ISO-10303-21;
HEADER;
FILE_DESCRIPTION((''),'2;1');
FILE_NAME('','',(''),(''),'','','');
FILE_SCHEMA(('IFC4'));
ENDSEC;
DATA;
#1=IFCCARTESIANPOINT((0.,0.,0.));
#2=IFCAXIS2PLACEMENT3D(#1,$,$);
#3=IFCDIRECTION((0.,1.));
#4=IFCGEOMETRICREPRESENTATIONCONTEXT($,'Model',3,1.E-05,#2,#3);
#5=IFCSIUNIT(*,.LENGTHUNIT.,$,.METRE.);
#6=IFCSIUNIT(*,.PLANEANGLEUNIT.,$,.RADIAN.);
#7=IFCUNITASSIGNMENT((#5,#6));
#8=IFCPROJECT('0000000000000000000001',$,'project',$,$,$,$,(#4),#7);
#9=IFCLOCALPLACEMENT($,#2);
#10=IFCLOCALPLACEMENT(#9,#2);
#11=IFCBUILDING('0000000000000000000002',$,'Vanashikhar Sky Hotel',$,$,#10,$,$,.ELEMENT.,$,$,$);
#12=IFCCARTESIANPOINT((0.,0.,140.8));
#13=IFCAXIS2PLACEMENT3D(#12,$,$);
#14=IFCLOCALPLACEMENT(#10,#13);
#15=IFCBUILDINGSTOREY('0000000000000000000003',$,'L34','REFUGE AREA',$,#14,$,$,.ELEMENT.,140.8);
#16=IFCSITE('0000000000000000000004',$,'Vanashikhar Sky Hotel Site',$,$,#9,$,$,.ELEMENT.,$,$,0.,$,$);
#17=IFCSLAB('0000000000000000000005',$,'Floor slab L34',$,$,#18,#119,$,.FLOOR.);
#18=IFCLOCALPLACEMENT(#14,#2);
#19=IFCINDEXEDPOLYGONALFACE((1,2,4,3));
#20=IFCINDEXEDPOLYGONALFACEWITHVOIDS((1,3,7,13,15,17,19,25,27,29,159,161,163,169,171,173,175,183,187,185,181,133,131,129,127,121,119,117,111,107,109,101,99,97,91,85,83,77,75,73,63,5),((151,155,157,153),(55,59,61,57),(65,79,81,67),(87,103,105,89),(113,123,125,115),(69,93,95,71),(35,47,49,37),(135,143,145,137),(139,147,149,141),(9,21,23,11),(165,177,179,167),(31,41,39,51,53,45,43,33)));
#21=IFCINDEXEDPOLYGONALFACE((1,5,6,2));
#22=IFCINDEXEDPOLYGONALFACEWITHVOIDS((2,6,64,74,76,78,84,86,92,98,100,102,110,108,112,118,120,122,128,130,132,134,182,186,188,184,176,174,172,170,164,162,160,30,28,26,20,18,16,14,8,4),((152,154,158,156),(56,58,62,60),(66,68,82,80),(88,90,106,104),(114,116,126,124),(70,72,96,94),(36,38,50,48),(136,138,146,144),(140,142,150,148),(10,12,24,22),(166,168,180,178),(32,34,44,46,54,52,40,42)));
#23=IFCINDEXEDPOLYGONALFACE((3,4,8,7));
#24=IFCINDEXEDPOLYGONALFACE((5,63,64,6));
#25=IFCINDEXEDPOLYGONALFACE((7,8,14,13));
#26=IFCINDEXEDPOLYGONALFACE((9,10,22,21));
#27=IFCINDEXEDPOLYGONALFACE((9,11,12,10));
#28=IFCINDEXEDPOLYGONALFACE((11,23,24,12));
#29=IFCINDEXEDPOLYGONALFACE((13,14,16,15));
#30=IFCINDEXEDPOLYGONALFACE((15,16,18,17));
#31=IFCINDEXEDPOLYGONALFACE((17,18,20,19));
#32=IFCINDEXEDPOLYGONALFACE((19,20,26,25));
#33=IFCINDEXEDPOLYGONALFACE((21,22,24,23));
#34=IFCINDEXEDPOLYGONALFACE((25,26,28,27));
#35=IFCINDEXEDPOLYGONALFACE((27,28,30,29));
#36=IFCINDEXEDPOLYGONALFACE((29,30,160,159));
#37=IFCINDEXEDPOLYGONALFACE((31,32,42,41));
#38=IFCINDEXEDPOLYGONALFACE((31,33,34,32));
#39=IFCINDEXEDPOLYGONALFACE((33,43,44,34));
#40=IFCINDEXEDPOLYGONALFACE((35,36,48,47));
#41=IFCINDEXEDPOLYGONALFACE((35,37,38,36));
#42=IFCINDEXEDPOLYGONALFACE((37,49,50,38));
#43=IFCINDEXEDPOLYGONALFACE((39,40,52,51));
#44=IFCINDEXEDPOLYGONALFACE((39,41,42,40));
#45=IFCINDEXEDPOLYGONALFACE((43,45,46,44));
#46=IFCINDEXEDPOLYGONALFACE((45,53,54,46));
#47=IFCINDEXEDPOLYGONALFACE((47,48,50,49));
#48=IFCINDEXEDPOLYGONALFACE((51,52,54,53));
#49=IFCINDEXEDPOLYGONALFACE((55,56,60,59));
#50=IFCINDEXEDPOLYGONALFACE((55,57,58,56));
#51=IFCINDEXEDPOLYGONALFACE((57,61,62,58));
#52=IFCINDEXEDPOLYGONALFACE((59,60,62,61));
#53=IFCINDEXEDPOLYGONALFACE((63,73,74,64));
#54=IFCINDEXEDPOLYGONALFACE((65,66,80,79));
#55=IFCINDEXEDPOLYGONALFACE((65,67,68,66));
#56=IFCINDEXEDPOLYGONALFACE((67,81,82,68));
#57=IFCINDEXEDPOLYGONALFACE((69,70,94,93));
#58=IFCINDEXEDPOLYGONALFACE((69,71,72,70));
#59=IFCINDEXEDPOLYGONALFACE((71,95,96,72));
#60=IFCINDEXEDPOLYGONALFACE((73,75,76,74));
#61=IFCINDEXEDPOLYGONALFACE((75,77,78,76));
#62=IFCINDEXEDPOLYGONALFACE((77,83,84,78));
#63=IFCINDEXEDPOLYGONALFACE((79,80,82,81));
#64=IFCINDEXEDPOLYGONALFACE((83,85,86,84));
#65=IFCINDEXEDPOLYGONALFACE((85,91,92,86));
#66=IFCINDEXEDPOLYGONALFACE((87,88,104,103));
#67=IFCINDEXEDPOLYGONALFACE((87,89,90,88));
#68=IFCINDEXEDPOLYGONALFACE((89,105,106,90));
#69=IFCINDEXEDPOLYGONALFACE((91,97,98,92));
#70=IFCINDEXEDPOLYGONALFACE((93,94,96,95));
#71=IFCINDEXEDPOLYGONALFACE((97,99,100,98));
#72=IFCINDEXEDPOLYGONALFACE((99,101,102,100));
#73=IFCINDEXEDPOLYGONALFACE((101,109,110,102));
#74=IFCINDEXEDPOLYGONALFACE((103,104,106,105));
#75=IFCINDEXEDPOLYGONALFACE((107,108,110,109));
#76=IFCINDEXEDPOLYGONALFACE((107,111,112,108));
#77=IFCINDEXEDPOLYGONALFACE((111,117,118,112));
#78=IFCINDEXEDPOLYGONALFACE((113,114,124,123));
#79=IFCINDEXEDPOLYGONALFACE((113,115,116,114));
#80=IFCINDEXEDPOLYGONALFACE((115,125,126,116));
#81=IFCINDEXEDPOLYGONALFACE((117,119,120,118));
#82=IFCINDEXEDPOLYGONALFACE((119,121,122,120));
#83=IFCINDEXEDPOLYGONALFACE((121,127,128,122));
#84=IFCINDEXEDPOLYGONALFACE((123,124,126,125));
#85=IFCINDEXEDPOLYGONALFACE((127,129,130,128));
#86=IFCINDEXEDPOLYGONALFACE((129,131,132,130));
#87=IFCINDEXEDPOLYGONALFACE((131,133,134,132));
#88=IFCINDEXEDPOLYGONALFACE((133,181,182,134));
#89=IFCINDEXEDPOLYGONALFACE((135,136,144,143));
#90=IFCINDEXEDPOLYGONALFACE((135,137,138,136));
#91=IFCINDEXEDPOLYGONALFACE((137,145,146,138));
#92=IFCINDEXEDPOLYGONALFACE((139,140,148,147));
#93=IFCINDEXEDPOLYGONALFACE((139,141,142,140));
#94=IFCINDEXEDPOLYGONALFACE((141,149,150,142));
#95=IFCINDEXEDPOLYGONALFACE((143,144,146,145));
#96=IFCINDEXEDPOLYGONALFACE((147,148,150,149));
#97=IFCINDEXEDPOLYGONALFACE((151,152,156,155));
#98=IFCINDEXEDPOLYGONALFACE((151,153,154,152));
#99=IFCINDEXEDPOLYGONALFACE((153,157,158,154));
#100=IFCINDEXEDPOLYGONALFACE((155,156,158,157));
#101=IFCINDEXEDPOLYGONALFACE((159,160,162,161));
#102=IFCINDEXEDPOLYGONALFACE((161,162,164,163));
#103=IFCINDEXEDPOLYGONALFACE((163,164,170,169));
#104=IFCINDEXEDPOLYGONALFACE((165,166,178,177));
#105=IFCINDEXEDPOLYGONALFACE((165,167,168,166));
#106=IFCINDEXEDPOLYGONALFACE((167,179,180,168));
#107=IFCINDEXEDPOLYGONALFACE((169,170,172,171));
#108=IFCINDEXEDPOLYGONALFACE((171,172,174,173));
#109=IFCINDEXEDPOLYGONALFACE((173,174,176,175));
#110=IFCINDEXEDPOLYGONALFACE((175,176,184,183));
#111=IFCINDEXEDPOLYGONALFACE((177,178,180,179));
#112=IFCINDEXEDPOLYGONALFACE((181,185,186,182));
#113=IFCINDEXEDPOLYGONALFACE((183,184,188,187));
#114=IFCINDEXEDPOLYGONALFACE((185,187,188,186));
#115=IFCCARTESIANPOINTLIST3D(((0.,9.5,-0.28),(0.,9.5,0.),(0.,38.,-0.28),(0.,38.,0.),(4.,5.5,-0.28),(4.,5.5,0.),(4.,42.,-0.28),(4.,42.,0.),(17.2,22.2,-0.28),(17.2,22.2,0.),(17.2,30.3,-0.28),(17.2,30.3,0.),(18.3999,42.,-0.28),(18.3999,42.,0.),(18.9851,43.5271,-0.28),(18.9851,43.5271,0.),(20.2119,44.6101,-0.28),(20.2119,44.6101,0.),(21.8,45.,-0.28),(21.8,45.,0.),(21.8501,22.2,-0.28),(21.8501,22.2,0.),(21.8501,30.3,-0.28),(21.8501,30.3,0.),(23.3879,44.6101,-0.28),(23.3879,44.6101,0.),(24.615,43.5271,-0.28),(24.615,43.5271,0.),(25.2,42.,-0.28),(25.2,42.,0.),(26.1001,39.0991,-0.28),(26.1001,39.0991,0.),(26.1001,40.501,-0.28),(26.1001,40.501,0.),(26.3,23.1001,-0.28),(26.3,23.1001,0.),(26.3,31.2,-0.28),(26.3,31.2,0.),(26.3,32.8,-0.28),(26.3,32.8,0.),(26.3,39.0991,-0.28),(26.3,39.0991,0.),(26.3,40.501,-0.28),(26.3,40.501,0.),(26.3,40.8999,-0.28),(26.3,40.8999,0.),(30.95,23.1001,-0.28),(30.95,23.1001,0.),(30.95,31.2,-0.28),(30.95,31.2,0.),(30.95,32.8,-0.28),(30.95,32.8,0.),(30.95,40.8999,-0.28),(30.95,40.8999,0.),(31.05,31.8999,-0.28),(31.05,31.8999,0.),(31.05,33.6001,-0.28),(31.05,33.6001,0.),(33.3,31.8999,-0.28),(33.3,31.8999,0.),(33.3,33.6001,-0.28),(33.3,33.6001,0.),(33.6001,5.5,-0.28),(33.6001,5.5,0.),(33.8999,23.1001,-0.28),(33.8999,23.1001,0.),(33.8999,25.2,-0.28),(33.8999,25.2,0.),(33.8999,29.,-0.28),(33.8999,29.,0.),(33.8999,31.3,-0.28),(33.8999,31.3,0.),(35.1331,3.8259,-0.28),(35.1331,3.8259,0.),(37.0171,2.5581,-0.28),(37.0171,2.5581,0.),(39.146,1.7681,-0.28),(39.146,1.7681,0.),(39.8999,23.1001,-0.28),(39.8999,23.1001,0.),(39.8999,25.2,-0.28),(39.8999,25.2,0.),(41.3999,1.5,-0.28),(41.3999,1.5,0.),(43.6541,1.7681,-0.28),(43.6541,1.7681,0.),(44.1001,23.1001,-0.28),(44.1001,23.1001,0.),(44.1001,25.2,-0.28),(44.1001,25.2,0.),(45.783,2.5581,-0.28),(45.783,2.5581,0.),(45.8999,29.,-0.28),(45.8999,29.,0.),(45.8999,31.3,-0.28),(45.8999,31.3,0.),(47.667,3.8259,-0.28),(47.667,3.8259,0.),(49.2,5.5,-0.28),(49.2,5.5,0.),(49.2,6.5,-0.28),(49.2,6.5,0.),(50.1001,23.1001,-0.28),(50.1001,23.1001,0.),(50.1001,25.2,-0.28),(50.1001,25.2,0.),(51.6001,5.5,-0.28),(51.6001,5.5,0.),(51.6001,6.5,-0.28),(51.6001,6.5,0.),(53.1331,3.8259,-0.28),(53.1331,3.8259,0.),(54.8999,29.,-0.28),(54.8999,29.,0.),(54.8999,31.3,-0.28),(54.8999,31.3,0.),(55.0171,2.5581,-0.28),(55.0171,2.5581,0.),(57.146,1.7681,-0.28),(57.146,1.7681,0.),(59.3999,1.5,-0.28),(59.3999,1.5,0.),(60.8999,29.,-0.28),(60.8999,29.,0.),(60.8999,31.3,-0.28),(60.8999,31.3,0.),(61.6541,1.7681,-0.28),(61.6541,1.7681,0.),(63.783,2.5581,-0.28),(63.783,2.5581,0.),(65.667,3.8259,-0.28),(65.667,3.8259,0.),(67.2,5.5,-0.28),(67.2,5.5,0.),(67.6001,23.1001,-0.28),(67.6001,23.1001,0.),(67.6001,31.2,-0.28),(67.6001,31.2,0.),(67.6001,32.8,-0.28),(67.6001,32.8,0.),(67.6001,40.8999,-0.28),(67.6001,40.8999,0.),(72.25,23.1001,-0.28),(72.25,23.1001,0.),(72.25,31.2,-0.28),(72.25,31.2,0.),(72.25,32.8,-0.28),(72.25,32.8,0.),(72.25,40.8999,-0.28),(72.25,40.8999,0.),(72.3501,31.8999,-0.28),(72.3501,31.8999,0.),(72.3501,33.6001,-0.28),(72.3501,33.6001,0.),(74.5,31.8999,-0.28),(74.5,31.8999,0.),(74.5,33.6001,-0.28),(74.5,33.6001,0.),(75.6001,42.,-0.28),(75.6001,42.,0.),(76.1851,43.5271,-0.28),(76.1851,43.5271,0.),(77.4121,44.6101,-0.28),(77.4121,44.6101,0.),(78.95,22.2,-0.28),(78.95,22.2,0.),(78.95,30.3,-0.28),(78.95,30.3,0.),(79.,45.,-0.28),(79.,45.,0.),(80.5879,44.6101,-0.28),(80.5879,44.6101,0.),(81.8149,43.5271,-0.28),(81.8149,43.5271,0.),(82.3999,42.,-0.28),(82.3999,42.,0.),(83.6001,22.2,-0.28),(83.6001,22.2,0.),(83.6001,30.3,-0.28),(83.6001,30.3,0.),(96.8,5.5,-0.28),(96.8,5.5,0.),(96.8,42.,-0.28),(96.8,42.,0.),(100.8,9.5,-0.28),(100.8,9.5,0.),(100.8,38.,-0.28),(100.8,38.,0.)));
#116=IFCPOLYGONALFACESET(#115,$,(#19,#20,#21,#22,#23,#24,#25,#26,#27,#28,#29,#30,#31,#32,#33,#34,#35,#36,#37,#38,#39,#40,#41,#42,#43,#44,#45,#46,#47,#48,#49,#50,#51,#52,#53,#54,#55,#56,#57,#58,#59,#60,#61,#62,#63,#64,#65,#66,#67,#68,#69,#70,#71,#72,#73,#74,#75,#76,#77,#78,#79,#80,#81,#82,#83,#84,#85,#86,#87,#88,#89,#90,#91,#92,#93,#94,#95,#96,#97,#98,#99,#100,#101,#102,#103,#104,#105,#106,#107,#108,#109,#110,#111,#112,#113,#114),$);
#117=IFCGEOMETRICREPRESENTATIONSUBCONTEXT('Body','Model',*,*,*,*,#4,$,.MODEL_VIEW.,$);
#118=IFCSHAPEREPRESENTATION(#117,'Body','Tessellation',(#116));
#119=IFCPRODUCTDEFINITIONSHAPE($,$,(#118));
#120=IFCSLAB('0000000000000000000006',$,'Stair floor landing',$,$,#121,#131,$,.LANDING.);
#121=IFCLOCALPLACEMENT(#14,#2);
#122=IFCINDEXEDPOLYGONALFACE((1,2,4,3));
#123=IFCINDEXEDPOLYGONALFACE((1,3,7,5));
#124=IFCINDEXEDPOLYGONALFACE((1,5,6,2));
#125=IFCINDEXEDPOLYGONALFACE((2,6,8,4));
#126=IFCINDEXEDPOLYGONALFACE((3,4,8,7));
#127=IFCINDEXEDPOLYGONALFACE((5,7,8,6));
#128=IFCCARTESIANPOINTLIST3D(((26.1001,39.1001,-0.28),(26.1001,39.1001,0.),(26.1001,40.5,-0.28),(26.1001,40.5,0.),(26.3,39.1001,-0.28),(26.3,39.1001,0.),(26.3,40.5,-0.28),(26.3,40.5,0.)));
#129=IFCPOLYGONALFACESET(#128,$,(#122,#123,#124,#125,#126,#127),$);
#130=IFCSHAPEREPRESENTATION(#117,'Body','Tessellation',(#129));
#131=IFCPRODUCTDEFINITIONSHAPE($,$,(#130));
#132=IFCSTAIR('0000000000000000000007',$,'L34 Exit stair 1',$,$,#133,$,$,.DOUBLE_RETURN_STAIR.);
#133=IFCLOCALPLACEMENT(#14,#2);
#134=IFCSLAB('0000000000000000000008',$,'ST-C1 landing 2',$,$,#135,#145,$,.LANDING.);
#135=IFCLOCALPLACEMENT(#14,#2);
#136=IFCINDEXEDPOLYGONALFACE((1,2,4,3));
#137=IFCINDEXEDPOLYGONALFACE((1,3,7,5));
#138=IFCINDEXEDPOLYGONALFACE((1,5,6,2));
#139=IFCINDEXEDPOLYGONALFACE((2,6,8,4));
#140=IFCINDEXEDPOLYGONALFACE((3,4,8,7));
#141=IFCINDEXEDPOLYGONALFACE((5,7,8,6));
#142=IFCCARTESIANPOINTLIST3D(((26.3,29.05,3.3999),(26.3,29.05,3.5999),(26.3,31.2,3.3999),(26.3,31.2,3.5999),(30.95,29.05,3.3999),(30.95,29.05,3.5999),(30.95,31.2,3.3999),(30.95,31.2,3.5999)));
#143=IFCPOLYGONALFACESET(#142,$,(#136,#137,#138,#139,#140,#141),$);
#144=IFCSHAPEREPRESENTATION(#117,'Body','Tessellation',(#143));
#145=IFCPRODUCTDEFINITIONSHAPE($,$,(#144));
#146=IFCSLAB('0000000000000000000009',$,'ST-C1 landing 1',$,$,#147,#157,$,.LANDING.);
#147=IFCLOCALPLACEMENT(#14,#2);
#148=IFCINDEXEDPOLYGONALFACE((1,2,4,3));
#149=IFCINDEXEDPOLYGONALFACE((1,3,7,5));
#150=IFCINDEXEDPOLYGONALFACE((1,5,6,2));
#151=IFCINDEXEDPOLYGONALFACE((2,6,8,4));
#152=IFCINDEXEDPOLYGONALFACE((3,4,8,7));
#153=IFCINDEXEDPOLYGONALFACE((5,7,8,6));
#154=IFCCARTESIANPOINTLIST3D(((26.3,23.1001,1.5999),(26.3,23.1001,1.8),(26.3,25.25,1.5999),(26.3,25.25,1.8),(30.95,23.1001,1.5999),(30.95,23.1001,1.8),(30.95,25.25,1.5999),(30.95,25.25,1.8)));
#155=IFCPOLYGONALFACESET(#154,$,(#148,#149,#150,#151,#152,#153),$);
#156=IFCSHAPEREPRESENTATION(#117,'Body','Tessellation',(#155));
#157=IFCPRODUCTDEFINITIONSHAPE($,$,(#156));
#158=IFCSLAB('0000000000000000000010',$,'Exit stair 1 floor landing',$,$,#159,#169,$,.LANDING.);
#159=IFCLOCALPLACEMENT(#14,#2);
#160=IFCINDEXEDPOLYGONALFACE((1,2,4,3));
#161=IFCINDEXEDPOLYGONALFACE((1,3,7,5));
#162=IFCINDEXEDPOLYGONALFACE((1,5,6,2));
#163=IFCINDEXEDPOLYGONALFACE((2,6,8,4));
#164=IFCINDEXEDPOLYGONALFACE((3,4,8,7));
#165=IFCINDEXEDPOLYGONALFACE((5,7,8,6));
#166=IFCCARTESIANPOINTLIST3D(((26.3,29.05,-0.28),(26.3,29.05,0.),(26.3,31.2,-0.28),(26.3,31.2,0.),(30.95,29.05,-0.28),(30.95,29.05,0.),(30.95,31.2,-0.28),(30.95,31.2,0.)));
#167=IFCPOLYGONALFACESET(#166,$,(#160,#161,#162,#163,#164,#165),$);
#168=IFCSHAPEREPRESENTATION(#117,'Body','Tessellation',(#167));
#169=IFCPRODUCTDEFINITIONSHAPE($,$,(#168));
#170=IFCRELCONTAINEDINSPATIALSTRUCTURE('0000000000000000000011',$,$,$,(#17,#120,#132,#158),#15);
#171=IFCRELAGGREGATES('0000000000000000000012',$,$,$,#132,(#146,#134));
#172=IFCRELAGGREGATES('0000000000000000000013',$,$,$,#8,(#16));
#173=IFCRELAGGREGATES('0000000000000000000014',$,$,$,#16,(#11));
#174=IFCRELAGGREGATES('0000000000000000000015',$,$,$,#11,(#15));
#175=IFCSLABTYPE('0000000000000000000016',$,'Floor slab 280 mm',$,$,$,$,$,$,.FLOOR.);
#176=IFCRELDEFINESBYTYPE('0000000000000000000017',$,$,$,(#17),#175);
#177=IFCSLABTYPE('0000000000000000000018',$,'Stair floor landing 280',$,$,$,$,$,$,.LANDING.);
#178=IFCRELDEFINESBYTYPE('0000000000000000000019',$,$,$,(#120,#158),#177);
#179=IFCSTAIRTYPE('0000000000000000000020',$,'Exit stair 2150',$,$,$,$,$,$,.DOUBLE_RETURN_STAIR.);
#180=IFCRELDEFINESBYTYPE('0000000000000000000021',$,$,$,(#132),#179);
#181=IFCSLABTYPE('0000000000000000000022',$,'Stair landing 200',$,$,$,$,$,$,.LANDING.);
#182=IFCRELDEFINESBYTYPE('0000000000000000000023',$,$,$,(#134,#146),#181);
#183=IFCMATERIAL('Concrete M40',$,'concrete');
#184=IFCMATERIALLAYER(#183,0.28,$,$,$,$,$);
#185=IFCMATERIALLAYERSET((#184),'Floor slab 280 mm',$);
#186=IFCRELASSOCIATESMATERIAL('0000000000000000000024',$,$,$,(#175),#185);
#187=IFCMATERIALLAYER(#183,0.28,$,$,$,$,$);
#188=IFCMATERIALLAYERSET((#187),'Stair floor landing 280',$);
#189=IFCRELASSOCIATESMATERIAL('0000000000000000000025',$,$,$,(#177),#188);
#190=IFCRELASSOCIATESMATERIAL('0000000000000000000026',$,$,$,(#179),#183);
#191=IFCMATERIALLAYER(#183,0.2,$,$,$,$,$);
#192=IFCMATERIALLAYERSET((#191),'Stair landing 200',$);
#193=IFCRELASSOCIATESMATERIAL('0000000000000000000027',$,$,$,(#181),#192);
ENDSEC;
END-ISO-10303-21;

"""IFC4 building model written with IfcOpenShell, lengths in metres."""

from ifc_helpers import new_model, si_unit, direction, frame, origin, place, context, subcontext, project, spatial, polyline, outline, extrude, source, transform, mapped, material, layer, layer_set, type_object, element, aggregate, save


model = new_model("IFC4")

# Units and contexts
model_context = context("Model", 3, precision=1e-05, world=origin(), true_north=direction((0.0, 1.0)))
body_context = subcontext(model_context, "Body", "Model", "MODEL_VIEW")
ifc_project = project(units=[si_unit("LENGTHUNIT", "METRE"), si_unit("PLANEANGLEUNIT", "RADIAN")], contexts=[model_context])

# Site, building, storey
site_placement = place(None, origin())
site = spatial("IfcSite", under=ifc_project, at=site_placement, Name="Vanashikhar Sky Hotel Site", CompositionType="ELEMENT", RefElevation=0.0)
building_placement = place(site_placement, origin())
building = spatial("IfcBuilding", under=site, at=building_placement, Name="Vanashikhar Sky Hotel", CompositionType="ELEMENT")
storey_placement = place(building_placement, frame((0.0, 0.0, 140.8)))
storey = spatial("IfcBuildingStorey", under=building, at=storey_placement, Name="L34", Description="REFUGE AREA", CompositionType="ELEMENT", Elevation=140.8)

# Slabs
ifc_material_1 = material(Name="Concrete M40", Category="concrete")
ifc_layer_1 = layer(ifc_material_1, 0.28)
ifc_layer_set_1 = layer_set([ifc_layer_1], Name="Floor slab 280 mm")
slab_type_1 = type_object("IfcSlabType", Name="Floor slab 280 mm", PredefinedType="FLOOR", material=ifc_layer_set_1)
shared_shape_1 = source(origin(), body_context, "Body", "SweptSolid", [
    extrude(outline(polyline([(49.2, 5.5), (49.2, 6.5), (51.6001, 6.5), (51.6001, 5.5), (53.1331, 3.8259), (55.0171, 2.5581), (57.146, 1.7681), (59.3999, 1.5), (61.6541, 1.7681), (63.783, 2.5581), (65.667, 3.8259), (67.2, 5.5), (96.8, 5.5), (100.8, 9.5), (100.8, 38.0), (96.8, 42.0), (82.3999, 42.0), (81.8149, 43.5271), (80.5879, 44.6101), (79.0, 45.0), (77.4121, 44.6101), (76.1851, 43.5271), (75.6001, 42.0), (25.2, 42.0), (24.615, 43.5271), (23.3879, 44.6101), (21.8, 45.0), (20.2119, 44.6101), (18.9851, 43.5271), (18.3999, 42.0), (4.0, 42.0), (0.0, 38.0), (0.0, 9.5), (4.0, 5.5), (33.6001, 5.5), (35.1331, 3.8259), (37.0171, 2.5581), (39.146, 1.7681), (41.3999, 1.5), (43.6541, 1.7681), (45.783, 2.5581), (47.667, 3.8259), (49.2, 5.5)]), holes=[polyline([(33.3, 33.6001), (31.05, 33.6001), (31.05, 31.8999), (33.3, 31.8999), (33.3, 33.6001)]), polyline([(33.8999, 25.2), (33.8999, 23.1001), (39.8999, 23.1001), (39.8999, 25.2), (33.8999, 25.2)]), polyline([(33.8999, 31.3), (33.8999, 29.0), (45.8999, 29.0), (45.8999, 31.3), (33.8999, 31.3)]), polyline([(44.1001, 25.2), (44.1001, 23.1001), (50.1001, 23.1001), (50.1001, 25.2), (44.1001, 25.2)]), polyline([(54.8999, 31.3), (54.8999, 29.0), (60.8999, 29.0), (60.8999, 31.3), (54.8999, 31.3)]), polyline([(74.5, 33.6001), (72.3501, 33.6001), (72.3501, 31.8999), (74.5, 31.8999), (74.5, 33.6001)]), polyline([(30.95, 23.1001), (30.95, 31.2), (26.3, 31.2), (26.3, 23.1001), (30.95, 23.1001)]), polyline([(72.25, 23.1001), (72.25, 31.2), (67.6001, 31.2), (67.6001, 23.1001), (72.25, 23.1001)]), polyline([(26.3, 40.501), (26.1001, 40.501), (26.1001, 39.0991), (26.3, 39.0991), (26.3, 32.8), (30.95, 32.8), (30.95, 40.8999), (26.3, 40.8999), (26.3, 40.501)]), polyline([(72.25, 32.8), (72.25, 40.8999), (67.6001, 40.8999), (67.6001, 32.8), (72.25, 32.8)]), polyline([(83.6001, 22.2), (83.6001, 30.3), (78.95, 30.3), (78.95, 22.2), (83.6001, 22.2)]), polyline([(21.8501, 22.2), (21.8501, 30.3), (17.2, 30.3), (17.2, 22.2), (21.8501, 22.2)])]), origin(), (0.0, 0.0, 1.0), 0.28),
])
slab_1_placement = place(storey_placement, frame((0.0, 0.0, -0.28)))
element("IfcSlab", 1, at=slab_1_placement, inside=storey, type_object=slab_type_1, Name="Floor slab L34", PredefinedType="FLOOR", context=body_context, shape_type="MappedRepresentation", body=[
    mapped(shared_shape_1, transform((0.0, 0.0, 0.0), scale=1.0)),
])
ifc_layer_2 = layer(ifc_material_1, 0.28)
ifc_layer_set_2 = layer_set([ifc_layer_2], Name="Stair floor landing 280")
slab_type_2 = type_object("IfcSlabType", Name="Stair floor landing 280", PredefinedType="LANDING", material=ifc_layer_set_2)
shared_shape_2 = source(origin(), body_context, "Body", "SweptSolid", [
    extrude(outline(polyline([(26.1001, 39.1001), (26.3, 39.1001), (26.3, 40.5), (26.1001, 40.5), (26.1001, 39.1001)])), origin(), (0.0, 0.0, 1.0), 0.28),
])
slab_2_placement = place(storey_placement, frame((0.0, 0.0, -0.28)))
element("IfcSlab", 2, at=slab_2_placement, inside=storey, type_object=slab_type_2, Name="Stair floor landing", PredefinedType="LANDING", context=body_context, shape_type="MappedRepresentation", body=[
    mapped(shared_shape_2, transform((0.0, 0.0, 0.0), scale=1.0)),
])

# Stair, slabs
stair_type = type_object("IfcStairType", Name="Exit stair 2150", PredefinedType="DOUBLE_RETURN_STAIR", material=ifc_material_1)
stair_1_placement = place(storey_placement, origin())
stair_1 = element("IfcStair", 3, at=stair_1_placement, inside=storey, type_object=stair_type, Name="L34 Exit stair 1", PredefinedType="DOUBLE_RETURN_STAIR")
ifc_layer_3 = layer(ifc_material_1, 0.2)
ifc_layer_set_3 = layer_set([ifc_layer_3], Name="Stair landing 200")
slab_type_3 = type_object("IfcSlabType", Name="Stair landing 200", PredefinedType="LANDING", material=ifc_layer_set_3)
shared_shape_3 = source(origin(), body_context, "Body", "SweptSolid", [
    extrude(outline(polyline([(30.95, 29.05), (30.95, 31.2), (26.3, 31.2), (26.3, 29.05), (30.95, 29.05)])), origin(), (0.0, 0.0, 1.0), 0.2),
])
slab_3_placement = place(storey_placement, frame((0.0, 0.0, 3.3999)))
slab_3 = element("IfcSlab", 4, at=slab_3_placement, type_object=slab_type_3, Name="ST-C1 landing 2", PredefinedType="LANDING", context=body_context, shape_type="MappedRepresentation", body=[
    mapped(shared_shape_3, transform((0.0, 0.0, 0.0), scale=1.0)),
])
shared_shape_4 = source(origin(), body_context, "Body", "SweptSolid", [
    extrude(outline(polyline([(30.95, 23.1001), (30.95, 25.25), (26.3, 25.25), (26.3, 23.1001), (30.95, 23.1001)])), origin(), (0.0, 0.0, 1.0), 0.2002),
])
slab_4_placement = place(storey_placement, frame((0.0, 0.0, 1.5999)))
slab_4 = element("IfcSlab", 5, at=slab_4_placement, type_object=slab_type_3, Name="ST-C1 landing 1", PredefinedType="LANDING", context=body_context, shape_type="MappedRepresentation", body=[
    mapped(shared_shape_4, transform((0.0, 0.0, 0.0), scale=1.0)),
])
aggregate(stair_1, [slab_4, slab_3])

# Slab
shared_shape_5 = source(origin(), body_context, "Body", "SweptSolid", [
    extrude(outline(polyline([(30.95, 29.05), (30.95, 31.2), (26.3, 31.2), (26.3, 29.05), (30.95, 29.05)])), origin(), (0.0, 0.0, 1.0), 0.28),
])
slab_5_placement = place(storey_placement, frame((0.0, 0.0, -0.28)))
element("IfcSlab", 6, at=slab_5_placement, inside=storey, type_object=slab_type_2, Name="Exit stair 1 floor landing", PredefinedType="LANDING", context=body_context, shape_type="MappedRepresentation", body=[
    mapped(shared_shape_5, transform((0.0, 0.0, 0.0), scale=1.0)),
])

save(model, "model.ifc")
